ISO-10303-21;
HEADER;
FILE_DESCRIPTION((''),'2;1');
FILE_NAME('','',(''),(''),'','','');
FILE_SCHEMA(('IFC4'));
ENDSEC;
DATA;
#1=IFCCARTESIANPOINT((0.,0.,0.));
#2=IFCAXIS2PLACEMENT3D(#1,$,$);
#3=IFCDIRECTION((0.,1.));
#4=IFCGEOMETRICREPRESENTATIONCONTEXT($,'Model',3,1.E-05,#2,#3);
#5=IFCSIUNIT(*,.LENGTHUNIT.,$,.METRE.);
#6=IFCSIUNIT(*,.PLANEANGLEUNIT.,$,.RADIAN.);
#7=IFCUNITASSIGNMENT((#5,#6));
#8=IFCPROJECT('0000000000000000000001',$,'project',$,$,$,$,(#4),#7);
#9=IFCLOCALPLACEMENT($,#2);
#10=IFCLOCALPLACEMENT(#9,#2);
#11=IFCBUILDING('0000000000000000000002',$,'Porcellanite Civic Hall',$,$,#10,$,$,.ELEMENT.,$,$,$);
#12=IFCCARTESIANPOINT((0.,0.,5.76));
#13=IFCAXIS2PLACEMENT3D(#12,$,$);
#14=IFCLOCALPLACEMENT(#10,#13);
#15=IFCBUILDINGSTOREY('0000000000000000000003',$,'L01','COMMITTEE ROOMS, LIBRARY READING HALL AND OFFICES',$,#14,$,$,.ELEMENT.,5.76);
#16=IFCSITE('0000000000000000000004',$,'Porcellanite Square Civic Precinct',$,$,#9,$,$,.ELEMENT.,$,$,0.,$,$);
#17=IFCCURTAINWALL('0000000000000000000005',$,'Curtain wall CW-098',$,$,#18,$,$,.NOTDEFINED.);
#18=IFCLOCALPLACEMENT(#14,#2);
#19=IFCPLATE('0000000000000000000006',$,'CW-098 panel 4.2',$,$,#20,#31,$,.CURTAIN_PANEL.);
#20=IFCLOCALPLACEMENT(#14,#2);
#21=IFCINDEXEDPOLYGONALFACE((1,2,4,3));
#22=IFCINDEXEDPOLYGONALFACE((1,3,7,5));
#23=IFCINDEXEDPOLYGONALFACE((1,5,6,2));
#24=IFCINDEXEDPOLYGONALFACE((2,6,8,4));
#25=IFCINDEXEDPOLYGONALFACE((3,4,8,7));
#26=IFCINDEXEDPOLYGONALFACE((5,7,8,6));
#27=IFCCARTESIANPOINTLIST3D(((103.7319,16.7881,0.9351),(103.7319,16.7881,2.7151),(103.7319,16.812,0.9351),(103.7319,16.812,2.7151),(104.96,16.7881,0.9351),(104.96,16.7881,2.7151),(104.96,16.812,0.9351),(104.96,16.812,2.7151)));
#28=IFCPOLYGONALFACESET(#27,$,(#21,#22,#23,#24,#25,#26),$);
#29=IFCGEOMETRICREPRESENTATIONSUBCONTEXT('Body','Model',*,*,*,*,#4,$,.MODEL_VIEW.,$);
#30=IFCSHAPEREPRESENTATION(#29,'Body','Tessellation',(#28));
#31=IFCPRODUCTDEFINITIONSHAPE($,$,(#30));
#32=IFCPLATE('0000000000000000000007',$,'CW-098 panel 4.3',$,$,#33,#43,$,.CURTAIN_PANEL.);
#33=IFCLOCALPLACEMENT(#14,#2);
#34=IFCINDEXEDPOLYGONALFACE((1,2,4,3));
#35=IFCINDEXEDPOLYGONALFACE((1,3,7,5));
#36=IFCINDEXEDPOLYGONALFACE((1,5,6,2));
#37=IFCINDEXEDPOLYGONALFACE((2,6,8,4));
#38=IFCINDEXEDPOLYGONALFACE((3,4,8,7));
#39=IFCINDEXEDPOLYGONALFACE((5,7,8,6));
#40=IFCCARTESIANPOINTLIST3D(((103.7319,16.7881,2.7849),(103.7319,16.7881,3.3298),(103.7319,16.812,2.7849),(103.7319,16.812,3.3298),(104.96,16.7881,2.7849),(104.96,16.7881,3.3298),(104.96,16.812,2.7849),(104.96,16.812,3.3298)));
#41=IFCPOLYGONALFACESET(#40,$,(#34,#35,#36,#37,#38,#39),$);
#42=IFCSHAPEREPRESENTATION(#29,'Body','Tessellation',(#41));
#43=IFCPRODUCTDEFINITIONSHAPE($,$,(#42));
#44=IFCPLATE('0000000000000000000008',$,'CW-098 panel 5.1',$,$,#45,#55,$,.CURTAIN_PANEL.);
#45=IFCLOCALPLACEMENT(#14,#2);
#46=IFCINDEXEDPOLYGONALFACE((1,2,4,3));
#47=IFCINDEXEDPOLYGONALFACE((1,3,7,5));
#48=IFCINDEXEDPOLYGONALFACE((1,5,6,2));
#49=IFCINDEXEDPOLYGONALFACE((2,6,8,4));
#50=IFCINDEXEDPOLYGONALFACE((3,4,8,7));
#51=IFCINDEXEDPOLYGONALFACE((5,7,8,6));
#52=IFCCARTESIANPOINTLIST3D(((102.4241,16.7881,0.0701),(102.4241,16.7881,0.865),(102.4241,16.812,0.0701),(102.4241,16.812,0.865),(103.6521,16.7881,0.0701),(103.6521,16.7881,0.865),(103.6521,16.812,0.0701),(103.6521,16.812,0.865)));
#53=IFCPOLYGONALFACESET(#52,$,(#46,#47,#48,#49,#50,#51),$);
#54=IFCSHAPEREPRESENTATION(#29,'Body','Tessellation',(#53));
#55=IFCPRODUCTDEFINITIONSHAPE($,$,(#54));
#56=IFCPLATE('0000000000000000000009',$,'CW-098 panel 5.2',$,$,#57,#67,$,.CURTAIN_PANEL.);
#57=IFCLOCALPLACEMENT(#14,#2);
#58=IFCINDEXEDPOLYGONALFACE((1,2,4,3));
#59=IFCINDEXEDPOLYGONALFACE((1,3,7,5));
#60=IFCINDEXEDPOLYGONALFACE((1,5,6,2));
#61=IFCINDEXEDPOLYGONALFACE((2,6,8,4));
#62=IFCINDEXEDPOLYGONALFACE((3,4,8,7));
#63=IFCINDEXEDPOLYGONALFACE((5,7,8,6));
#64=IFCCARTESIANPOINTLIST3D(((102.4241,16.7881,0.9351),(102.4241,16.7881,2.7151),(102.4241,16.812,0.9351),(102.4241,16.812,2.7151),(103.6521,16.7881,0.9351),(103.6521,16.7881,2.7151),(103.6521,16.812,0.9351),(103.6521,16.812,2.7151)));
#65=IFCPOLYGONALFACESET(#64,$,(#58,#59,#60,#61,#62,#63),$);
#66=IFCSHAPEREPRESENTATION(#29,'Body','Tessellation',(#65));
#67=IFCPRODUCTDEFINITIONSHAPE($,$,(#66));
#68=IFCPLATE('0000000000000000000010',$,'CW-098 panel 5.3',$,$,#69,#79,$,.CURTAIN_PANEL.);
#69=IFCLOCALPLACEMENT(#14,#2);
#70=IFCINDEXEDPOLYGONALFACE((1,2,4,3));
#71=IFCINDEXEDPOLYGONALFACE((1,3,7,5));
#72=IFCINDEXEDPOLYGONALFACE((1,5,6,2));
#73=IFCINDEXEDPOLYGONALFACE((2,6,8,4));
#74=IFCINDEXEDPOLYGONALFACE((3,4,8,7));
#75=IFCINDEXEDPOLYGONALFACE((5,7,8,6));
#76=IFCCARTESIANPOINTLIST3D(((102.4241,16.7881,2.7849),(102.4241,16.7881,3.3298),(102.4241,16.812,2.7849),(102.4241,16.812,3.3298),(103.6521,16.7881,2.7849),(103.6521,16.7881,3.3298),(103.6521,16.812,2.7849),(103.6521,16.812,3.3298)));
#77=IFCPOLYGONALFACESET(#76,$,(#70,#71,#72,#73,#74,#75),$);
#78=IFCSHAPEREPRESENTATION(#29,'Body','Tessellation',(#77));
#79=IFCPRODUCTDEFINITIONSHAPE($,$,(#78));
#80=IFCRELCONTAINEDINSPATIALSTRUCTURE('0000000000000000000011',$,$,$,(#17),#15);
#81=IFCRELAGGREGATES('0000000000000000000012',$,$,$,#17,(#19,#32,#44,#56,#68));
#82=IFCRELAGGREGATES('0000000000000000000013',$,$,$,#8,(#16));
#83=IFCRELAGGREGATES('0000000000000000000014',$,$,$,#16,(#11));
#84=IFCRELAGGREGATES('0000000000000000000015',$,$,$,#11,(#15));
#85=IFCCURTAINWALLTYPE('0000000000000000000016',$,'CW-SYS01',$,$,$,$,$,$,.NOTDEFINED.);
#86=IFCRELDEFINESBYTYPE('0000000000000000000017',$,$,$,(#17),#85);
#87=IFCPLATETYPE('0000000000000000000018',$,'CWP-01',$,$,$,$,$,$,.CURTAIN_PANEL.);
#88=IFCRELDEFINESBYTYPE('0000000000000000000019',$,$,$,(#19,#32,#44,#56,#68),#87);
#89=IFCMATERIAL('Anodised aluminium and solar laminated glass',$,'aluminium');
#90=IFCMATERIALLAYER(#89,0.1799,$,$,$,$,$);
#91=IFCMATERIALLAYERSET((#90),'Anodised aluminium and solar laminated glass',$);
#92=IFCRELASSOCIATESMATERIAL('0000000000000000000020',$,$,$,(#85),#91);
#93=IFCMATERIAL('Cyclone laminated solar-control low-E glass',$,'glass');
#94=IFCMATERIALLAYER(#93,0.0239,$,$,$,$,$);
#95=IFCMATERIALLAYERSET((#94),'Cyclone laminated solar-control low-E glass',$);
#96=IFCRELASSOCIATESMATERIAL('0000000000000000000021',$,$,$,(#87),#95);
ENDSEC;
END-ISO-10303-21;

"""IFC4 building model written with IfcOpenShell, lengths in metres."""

from ifc_helpers import new_model, si_unit, direction, frame, origin, origin_2d, place, context, subcontext, project, spatial, rectangle, extrude, material, layer, layer_set, type_object, element, aggregate, save


model = new_model("IFC4")

# Units and contexts
model_context = context("Model", 3, precision=1e-05, world=origin(), true_north=direction((0.0, 1.0)))
body_context = subcontext(model_context, "Body", "Model", "MODEL_VIEW")
ifc_project = project(units=[si_unit("LENGTHUNIT", "METRE"), si_unit("PLANEANGLEUNIT", "RADIAN")], contexts=[model_context])

# Site, building, storey
site_placement = place(None, origin())
site = spatial("IfcSite", under=ifc_project, at=site_placement, Name="Porcellanite Square Civic Precinct", CompositionType="ELEMENT", RefElevation=0.0)
building_placement = place(site_placement, origin())
building = spatial("IfcBuilding", under=site, at=building_placement, Name="Porcellanite Civic Hall", CompositionType="ELEMENT")
storey_placement = place(building_placement, frame((0.0, 0.0, 5.76)))
storey = spatial("IfcBuildingStorey", under=building, at=storey_placement, Name="L01", Description="COMMITTEE ROOMS, LIBRARY READING HALL AND OFFICES", CompositionType="ELEMENT", Elevation=5.76)

# Curtain wall, plates
ifc_material_1 = material(Name="Anodised aluminium and solar laminated glass", Category="aluminium")
ifc_layer_1 = layer(ifc_material_1, 0.1799)
ifc_layer_set_1 = layer_set([ifc_layer_1], Name="Anodised aluminium and solar laminated glass")
curtain_wall_type = type_object("IfcCurtainWallType", Name="CW-SYS01", PredefinedType="NOTDEFINED", material=ifc_layer_set_1)
curtain_wall_placement = place(storey_placement, origin())
curtain_wall = element("IfcCurtainWall", 1, at=curtain_wall_placement, inside=storey, type_object=curtain_wall_type, Name="Curtain wall CW-098", PredefinedType="NOTDEFINED")
ifc_material_2 = material(Name="Cyclone laminated solar-control low-E glass", Category="glass")
ifc_layer_2 = layer(ifc_material_2, 0.0239)
ifc_layer_set_2 = layer_set([ifc_layer_2], Name="Cyclone laminated solar-control low-E glass")
plate_type = type_object("IfcPlateType", Name="CWP-01", PredefinedType="CURTAIN_PANEL", material=ifc_layer_set_2)
plate_1_placement = place(storey_placement, frame((104.3459, 16.8, 0.9351), z_axis=(0.0, 0.0, 1.0), x_axis=(-1.0, 0.0, 0.0)))
plate_1 = element("IfcPlate", 2, at=plate_1_placement, type_object=plate_type, Name="CW-098 panel 4.2", PredefinedType="CURTAIN_PANEL", context=body_context, shape_type="SweptSolid", body=[
    extrude(rectangle(XDim=1.228, YDim=0.0239, at=origin_2d()), origin(), (0.0, 0.0, 1.0), 1.78),
])
plate_2_placement = place(storey_placement, frame((104.3459, 16.8, 2.7849), z_axis=(0.0, 0.0, 1.0), x_axis=(-1.0, 0.0, 0.0)))
plate_2 = element("IfcPlate", 3, at=plate_2_placement, type_object=plate_type, Name="CW-098 panel 4.3", PredefinedType="CURTAIN_PANEL", context=body_context, shape_type="SweptSolid", body=[
    extrude(rectangle(XDim=1.228, YDim=0.0239, at=origin_2d()), origin(), (0.0, 0.0, 1.0), 0.5449),
])
plate_3_placement = place(storey_placement, frame((103.0381, 16.8, 0.0701), z_axis=(0.0, 0.0, 1.0), x_axis=(-1.0, 0.0, 0.0)))
plate_3 = element("IfcPlate", 4, at=plate_3_placement, type_object=plate_type, Name="CW-098 panel 5.1", PredefinedType="CURTAIN_PANEL", context=body_context, shape_type="SweptSolid", body=[
    extrude(rectangle(XDim=1.228, YDim=0.0239, at=origin_2d()), origin(), (0.0, 0.0, 1.0), 0.7949),
])
plate_4_placement = place(storey_placement, frame((103.0381, 16.8, 0.9351), z_axis=(0.0, 0.0, 1.0), x_axis=(-1.0, 0.0, 0.0)))
plate_4 = element("IfcPlate", 5, at=plate_4_placement, type_object=plate_type, Name="CW-098 panel 5.2", PredefinedType="CURTAIN_PANEL", context=body_context, shape_type="SweptSolid", body=[
    extrude(rectangle(XDim=1.228, YDim=0.0239, at=origin_2d()), origin(), (0.0, 0.0, 1.0), 1.78),
])
plate_5_placement = place(storey_placement, frame((103.0381, 16.8, 2.7849), z_axis=(0.0, 0.0, 1.0), x_axis=(-1.0, 0.0, 0.0)))
plate_5 = element("IfcPlate", 6, at=plate_5_placement, type_object=plate_type, Name="CW-098 panel 5.3", PredefinedType="CURTAIN_PANEL", context=body_context, shape_type="SweptSolid", body=[
    extrude(rectangle(XDim=1.228, YDim=0.0239, at=origin_2d()), origin(), (0.0, 0.0, 1.0), 0.5449),
])
aggregate(curtain_wall, [plate_1, plate_2, plate_3, plate_4, plate_5])

save(model, "model.ifc")
